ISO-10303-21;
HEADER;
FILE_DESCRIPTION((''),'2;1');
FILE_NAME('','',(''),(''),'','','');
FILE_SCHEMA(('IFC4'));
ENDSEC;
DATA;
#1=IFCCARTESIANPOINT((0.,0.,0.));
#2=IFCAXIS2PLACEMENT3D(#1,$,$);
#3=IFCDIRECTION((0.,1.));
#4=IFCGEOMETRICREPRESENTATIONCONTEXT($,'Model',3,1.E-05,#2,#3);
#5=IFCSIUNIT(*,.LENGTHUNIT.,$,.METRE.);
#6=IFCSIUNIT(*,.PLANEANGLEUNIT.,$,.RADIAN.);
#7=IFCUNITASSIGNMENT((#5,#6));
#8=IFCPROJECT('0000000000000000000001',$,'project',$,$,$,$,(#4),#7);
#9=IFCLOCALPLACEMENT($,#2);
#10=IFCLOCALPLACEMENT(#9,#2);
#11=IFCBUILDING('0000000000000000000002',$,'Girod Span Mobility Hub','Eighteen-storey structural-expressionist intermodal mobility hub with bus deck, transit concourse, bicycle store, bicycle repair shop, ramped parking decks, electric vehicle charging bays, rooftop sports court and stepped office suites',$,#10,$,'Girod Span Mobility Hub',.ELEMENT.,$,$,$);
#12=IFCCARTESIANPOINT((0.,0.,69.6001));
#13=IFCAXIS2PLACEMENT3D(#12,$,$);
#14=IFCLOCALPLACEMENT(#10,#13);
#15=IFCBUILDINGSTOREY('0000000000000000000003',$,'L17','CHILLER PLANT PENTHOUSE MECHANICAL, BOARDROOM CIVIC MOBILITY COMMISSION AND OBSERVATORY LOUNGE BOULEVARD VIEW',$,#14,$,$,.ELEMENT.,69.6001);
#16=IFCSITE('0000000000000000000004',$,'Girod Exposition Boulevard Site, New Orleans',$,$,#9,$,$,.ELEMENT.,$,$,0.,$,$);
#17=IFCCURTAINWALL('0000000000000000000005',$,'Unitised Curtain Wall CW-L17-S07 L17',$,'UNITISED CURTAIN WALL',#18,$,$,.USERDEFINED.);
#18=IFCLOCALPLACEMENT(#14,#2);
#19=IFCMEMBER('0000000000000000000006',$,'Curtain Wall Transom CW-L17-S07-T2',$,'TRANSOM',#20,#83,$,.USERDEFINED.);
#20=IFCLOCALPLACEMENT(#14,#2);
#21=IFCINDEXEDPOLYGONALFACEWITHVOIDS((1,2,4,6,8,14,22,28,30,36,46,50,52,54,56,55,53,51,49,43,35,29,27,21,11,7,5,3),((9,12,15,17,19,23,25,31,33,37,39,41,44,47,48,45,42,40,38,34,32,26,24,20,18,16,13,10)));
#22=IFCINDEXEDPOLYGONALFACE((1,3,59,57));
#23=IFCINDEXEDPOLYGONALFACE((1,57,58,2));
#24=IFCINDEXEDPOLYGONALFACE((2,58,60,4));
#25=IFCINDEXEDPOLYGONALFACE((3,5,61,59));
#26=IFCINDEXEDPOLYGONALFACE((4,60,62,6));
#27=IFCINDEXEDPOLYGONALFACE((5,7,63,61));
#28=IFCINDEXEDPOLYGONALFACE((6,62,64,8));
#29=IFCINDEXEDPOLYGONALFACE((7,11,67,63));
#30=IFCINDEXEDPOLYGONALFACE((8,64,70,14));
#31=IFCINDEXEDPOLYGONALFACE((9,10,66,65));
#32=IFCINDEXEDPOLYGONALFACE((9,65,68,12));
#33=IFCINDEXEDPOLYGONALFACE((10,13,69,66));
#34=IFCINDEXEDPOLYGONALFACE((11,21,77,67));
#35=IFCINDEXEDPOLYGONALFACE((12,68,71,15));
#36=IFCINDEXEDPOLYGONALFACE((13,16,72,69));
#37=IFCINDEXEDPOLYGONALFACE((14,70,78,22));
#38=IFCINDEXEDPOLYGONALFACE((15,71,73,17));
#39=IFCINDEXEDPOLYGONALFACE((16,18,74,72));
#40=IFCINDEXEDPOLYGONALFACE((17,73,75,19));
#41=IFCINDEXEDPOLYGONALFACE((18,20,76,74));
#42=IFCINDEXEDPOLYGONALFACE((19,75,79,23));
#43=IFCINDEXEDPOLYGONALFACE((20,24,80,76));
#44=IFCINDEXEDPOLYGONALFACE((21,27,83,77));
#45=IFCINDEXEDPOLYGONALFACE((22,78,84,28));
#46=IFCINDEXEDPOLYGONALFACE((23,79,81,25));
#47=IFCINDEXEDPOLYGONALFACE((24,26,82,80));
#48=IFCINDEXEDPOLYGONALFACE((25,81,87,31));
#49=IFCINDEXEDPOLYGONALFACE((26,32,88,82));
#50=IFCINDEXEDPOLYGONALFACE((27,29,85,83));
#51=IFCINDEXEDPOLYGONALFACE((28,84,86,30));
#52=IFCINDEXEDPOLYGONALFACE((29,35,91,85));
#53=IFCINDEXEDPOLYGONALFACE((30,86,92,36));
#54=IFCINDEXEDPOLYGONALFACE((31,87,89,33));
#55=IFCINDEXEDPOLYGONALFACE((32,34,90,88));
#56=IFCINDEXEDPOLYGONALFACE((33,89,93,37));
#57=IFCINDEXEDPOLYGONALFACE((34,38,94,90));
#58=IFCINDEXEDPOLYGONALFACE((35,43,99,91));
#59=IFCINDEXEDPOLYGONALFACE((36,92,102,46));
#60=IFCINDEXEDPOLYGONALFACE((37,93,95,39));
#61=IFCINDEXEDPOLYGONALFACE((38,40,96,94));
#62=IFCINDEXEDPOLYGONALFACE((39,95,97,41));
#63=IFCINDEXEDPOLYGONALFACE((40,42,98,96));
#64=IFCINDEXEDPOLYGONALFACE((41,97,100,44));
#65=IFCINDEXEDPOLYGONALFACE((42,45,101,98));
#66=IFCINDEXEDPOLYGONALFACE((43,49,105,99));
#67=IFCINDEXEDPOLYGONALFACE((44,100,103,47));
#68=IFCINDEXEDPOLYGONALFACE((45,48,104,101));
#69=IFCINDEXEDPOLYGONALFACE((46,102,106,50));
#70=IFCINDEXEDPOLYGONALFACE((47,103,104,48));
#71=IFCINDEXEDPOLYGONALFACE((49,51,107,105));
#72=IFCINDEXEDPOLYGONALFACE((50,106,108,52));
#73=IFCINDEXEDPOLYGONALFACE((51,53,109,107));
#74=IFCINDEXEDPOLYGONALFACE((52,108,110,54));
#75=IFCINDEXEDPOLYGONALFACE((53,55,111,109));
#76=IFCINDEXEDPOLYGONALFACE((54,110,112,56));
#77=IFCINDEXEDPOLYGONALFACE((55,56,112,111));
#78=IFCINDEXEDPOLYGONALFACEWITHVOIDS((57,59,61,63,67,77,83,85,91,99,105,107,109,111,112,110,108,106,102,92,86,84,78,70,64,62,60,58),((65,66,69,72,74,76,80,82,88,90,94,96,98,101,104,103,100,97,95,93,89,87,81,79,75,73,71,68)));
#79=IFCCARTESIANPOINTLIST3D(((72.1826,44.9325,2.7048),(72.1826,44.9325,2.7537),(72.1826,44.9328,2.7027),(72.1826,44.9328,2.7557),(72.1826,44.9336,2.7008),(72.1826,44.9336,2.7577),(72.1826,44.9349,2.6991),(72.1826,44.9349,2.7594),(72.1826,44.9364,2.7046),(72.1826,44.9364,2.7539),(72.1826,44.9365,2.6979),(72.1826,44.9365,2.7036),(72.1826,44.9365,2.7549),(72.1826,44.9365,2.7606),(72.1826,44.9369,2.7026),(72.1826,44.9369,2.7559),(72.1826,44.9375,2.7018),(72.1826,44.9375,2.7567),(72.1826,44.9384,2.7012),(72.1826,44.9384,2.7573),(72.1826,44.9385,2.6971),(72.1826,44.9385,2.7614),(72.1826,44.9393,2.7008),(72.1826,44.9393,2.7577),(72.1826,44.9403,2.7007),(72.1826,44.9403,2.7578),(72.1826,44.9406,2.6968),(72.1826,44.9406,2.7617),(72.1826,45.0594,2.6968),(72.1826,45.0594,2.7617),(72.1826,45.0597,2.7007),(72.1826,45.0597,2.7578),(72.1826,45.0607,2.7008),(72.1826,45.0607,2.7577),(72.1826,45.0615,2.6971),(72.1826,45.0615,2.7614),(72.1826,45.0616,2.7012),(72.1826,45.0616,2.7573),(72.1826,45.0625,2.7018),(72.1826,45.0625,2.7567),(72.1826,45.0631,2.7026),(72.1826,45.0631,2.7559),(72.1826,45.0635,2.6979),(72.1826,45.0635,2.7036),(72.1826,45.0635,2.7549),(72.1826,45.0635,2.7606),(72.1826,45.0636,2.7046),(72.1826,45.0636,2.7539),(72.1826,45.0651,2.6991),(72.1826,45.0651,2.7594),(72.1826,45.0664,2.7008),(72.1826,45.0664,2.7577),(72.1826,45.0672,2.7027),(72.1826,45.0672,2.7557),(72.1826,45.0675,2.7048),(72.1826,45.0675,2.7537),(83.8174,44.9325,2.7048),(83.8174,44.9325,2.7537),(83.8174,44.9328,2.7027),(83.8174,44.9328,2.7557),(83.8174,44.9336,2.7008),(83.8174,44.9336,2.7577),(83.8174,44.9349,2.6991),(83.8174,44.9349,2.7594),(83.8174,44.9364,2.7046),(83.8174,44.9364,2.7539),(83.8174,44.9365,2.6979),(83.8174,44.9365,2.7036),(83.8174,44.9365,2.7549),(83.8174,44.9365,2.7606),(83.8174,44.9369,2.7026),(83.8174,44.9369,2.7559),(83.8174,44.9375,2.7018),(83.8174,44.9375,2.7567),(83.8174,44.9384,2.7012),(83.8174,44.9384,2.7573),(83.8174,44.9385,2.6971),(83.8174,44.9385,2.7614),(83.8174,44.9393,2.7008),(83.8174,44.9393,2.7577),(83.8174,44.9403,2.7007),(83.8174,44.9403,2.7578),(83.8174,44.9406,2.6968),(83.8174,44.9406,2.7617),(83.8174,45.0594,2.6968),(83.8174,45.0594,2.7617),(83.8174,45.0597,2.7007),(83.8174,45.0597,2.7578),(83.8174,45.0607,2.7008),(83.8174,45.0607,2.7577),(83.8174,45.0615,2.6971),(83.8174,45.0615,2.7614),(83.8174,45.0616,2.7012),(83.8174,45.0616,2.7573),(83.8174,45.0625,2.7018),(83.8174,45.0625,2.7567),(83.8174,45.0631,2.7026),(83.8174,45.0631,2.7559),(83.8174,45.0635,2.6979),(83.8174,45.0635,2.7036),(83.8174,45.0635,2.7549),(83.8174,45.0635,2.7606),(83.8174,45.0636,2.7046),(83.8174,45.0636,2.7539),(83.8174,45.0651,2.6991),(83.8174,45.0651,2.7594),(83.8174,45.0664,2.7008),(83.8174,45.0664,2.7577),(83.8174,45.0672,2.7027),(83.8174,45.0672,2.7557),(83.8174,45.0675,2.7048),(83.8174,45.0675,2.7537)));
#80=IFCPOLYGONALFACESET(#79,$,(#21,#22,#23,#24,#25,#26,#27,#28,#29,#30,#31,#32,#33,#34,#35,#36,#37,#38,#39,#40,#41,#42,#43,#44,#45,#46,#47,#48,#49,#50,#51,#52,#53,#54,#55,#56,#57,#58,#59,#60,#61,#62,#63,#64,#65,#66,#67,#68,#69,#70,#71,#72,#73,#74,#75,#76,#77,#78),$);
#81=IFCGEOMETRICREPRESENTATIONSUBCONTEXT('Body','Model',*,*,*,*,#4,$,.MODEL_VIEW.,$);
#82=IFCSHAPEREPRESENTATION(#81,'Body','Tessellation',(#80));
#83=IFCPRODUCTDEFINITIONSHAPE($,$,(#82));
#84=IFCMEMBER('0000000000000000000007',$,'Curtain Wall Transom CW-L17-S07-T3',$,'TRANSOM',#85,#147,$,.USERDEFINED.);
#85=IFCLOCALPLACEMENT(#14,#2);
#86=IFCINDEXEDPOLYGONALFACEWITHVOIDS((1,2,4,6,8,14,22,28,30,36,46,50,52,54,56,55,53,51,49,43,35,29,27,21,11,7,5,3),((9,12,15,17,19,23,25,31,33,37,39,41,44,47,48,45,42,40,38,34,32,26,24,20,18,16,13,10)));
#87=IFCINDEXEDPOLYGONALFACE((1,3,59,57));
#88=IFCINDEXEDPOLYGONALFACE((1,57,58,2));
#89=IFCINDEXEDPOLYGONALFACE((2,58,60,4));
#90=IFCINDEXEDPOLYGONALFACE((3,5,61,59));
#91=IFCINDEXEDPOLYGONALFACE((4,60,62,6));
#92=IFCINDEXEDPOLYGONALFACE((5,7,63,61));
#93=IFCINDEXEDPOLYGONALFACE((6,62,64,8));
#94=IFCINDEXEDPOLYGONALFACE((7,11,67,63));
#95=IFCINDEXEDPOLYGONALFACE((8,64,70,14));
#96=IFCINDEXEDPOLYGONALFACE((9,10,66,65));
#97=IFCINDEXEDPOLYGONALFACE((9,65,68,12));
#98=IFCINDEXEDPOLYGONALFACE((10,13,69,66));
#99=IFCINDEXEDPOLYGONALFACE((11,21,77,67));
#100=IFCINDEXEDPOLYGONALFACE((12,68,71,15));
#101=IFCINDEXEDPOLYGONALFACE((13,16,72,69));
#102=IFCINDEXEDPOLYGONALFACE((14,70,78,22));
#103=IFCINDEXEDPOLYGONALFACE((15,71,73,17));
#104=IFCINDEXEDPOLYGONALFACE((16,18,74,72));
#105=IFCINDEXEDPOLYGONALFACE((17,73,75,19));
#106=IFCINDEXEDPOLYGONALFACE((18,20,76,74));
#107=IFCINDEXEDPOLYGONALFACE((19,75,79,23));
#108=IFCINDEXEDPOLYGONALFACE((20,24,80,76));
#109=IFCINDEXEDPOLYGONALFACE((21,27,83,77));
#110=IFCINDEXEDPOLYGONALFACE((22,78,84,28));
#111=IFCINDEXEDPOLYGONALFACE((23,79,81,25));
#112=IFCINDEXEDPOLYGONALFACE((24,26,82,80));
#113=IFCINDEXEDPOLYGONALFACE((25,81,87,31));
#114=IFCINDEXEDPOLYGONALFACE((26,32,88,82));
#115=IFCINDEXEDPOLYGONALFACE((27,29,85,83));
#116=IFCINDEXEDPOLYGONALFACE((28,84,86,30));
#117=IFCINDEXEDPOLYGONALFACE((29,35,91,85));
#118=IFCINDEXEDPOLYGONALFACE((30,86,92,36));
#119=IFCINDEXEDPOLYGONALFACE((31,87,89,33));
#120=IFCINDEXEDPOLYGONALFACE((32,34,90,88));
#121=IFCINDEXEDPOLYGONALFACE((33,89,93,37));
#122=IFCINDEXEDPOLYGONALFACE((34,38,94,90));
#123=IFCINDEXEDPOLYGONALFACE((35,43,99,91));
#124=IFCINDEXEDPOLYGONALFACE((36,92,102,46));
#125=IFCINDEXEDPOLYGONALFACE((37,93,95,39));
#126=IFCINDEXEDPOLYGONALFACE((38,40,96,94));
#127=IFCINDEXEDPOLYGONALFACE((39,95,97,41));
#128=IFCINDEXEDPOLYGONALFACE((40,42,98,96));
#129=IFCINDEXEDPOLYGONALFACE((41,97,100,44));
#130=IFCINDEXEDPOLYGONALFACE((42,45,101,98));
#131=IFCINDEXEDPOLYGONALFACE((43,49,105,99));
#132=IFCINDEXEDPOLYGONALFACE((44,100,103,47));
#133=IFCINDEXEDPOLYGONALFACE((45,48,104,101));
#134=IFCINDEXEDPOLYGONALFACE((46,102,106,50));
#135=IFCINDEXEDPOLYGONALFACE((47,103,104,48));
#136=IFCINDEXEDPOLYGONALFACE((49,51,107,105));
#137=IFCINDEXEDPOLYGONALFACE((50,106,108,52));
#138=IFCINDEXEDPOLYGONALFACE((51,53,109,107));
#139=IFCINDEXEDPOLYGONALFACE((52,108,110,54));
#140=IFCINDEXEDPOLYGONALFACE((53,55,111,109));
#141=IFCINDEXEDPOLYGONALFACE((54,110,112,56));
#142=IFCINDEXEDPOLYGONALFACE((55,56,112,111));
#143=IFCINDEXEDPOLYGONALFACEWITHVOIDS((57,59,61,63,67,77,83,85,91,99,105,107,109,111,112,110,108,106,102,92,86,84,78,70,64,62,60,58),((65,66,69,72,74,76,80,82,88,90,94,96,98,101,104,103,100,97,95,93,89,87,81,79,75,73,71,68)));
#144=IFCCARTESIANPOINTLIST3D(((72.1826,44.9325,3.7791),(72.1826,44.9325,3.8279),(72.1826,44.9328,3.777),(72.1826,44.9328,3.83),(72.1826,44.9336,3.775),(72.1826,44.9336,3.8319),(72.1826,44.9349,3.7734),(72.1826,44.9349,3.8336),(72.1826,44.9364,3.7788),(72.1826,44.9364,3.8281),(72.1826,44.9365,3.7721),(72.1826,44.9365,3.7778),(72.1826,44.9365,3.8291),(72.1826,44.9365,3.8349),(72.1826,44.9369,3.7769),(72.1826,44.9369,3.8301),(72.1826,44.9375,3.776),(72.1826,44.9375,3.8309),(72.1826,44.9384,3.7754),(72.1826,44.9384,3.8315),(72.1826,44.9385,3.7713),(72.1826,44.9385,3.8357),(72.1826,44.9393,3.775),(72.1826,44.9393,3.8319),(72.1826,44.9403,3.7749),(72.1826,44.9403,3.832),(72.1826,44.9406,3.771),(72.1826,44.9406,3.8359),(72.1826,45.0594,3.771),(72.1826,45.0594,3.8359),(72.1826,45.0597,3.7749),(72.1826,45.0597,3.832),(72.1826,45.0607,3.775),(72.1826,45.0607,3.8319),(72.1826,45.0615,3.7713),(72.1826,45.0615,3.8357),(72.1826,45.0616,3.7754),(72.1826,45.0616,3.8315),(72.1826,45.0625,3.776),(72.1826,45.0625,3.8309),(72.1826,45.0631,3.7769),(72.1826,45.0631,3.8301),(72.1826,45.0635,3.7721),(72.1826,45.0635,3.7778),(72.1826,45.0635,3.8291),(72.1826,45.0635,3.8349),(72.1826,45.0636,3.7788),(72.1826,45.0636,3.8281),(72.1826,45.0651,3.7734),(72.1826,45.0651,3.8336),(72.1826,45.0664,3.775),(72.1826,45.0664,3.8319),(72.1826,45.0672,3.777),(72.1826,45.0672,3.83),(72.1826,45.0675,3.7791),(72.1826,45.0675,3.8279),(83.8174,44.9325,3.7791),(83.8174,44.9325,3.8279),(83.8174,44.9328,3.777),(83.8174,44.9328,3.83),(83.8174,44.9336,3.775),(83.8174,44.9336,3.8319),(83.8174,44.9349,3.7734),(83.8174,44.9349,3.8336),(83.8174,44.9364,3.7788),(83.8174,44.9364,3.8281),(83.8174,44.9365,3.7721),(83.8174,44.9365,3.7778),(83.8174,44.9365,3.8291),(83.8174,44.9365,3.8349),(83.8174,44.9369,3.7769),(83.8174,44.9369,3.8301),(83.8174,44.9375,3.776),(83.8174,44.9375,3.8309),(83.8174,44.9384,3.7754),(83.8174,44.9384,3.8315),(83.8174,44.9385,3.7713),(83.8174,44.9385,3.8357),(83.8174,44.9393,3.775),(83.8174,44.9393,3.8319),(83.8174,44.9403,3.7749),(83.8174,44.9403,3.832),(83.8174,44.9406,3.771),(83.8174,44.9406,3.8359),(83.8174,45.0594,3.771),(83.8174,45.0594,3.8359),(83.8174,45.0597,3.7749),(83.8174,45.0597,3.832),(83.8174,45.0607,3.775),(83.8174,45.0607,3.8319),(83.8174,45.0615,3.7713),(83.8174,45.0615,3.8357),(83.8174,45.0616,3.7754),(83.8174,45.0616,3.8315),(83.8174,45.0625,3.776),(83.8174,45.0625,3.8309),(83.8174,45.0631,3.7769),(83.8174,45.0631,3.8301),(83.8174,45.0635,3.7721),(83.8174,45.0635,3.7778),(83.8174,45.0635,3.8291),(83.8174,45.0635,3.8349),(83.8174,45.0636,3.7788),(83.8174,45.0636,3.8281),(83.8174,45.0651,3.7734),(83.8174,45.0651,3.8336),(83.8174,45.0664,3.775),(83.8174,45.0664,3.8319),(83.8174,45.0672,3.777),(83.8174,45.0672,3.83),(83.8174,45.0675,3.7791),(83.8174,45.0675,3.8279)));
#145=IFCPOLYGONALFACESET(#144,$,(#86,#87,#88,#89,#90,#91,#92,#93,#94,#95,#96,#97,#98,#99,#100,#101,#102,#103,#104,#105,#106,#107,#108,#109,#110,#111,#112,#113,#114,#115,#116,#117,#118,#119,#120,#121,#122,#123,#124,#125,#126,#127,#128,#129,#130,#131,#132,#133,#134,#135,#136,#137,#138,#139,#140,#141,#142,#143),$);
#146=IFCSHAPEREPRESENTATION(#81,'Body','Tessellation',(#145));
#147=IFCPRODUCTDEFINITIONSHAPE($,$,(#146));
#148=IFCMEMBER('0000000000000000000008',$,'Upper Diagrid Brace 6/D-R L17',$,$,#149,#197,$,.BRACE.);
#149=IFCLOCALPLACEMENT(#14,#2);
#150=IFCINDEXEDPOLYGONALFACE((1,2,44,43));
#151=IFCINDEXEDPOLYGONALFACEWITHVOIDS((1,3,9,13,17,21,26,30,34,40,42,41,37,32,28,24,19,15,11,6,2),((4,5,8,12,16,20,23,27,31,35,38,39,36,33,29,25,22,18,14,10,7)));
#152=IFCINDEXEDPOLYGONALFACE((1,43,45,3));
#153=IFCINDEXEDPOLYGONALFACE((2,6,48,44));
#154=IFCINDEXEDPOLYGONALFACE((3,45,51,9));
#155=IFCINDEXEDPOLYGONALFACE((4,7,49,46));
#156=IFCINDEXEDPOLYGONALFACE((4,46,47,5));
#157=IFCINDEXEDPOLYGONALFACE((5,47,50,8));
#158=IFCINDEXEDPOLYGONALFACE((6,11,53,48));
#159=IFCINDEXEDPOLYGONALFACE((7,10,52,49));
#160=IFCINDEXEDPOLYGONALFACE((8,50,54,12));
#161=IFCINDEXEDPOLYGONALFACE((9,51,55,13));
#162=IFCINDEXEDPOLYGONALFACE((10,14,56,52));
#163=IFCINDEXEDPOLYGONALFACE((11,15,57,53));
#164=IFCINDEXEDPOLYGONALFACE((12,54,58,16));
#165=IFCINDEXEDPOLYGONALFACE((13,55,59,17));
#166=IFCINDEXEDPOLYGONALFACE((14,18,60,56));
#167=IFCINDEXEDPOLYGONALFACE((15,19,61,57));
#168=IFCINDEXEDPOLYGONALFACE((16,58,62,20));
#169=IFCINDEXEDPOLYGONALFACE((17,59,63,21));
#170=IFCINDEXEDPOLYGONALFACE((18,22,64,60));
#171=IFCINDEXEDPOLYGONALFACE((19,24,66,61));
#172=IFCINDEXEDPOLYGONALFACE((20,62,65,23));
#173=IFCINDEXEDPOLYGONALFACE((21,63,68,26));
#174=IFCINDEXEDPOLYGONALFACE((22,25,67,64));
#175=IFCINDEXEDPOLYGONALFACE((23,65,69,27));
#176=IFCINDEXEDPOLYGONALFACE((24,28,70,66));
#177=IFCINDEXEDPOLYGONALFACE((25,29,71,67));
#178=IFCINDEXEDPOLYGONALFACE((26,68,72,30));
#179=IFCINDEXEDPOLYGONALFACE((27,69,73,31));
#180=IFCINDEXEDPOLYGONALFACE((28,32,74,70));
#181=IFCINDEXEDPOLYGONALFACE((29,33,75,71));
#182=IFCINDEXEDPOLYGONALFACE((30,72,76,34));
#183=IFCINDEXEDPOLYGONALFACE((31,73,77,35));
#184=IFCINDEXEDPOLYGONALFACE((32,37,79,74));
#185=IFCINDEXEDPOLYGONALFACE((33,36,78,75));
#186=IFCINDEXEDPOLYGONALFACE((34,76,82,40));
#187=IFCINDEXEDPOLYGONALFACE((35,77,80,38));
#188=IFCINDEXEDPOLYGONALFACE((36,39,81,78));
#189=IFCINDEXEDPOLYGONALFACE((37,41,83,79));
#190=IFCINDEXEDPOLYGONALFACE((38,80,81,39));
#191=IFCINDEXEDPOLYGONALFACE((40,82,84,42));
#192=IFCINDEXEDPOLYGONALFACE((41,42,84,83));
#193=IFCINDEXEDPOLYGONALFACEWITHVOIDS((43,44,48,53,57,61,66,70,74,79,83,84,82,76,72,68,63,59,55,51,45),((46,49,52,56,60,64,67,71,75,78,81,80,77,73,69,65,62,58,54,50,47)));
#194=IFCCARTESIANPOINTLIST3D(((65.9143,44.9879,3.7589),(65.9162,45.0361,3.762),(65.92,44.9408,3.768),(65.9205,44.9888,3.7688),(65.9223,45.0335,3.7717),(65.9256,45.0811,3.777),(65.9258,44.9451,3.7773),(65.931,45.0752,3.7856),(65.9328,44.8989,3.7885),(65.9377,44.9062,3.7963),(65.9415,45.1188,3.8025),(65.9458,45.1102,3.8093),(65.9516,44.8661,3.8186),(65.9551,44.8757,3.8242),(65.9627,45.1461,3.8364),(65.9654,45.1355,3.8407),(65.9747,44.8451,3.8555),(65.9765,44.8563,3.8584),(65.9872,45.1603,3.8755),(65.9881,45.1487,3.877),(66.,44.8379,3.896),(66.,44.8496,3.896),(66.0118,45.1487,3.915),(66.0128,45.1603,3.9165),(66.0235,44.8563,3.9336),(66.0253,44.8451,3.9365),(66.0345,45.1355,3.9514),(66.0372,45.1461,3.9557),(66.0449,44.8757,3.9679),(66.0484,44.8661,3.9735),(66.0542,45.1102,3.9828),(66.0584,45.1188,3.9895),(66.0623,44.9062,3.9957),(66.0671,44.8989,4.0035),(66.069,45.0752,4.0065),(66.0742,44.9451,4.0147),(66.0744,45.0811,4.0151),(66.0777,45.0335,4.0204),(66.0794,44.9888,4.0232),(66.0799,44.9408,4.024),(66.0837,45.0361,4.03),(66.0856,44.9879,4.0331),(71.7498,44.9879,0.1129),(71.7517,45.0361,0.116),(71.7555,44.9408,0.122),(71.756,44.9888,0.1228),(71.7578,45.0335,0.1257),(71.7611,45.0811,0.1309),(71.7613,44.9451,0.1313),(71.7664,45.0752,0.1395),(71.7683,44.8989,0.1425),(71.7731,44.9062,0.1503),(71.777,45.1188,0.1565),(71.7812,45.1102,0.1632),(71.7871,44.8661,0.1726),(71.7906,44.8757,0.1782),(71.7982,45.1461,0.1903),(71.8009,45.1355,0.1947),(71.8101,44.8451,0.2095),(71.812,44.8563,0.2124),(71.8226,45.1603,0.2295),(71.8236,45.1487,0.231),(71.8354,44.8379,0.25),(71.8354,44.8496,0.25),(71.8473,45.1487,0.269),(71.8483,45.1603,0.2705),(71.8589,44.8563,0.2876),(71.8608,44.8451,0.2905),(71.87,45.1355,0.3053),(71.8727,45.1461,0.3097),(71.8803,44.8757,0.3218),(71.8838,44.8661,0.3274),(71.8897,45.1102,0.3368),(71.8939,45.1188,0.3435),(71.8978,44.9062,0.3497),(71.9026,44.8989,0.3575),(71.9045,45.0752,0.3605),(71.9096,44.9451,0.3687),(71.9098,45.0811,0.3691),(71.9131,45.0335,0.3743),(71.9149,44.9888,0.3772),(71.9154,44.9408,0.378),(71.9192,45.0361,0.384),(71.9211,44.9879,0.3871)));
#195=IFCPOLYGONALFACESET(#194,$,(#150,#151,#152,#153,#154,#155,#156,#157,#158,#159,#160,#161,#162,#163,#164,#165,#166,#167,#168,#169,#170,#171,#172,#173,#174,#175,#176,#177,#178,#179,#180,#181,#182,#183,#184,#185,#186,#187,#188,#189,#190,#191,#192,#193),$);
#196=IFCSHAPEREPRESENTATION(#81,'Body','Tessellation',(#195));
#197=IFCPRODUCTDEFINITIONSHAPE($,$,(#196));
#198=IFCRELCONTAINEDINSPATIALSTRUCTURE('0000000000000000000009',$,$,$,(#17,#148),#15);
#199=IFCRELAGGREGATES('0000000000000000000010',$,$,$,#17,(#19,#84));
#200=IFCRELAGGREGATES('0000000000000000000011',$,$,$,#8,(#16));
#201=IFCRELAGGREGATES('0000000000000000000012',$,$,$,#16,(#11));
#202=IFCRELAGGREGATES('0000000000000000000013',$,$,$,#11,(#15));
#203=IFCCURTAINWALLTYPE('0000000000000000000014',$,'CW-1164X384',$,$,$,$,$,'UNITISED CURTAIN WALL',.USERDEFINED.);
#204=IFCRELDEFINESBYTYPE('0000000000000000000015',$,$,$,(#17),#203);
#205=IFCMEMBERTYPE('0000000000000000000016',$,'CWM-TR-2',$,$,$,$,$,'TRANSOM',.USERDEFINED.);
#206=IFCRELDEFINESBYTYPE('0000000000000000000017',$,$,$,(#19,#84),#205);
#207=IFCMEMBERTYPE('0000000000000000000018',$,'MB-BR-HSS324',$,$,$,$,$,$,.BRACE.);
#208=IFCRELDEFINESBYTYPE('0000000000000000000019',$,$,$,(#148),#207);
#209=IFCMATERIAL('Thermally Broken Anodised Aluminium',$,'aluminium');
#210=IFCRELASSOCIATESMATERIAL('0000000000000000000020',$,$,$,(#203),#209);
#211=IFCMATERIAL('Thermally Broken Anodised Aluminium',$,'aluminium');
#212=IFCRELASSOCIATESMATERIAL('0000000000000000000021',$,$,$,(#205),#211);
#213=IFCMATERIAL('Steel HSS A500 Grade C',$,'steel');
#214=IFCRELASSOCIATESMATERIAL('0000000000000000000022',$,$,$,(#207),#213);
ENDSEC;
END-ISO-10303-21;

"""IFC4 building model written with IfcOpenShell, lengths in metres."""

from ifc_helpers import new_model, si_unit, direction, frame, origin, origin_2d, place, context, subcontext, project, spatial, hollow_rectangle, hollow_circle, extrude, material, material_profile, profile_set, type_object, element, aggregate, save


model = new_model("IFC4")

# Units and contexts
model_context = context("Model", 3, precision=1e-05, world=origin(), true_north=direction((0.0, 1.0)))
body_context = subcontext(model_context, "Body", "Model", "MODEL_VIEW")
ifc_project = project(units=[si_unit("LENGTHUNIT", "METRE"), si_unit("PLANEANGLEUNIT", "RADIAN")], contexts=[model_context])

# Site, building, storey
site_placement = place(None, origin())
site = spatial("IfcSite", under=ifc_project, at=site_placement, Name="Girod Exposition Boulevard Site, New Orleans", CompositionType="ELEMENT", RefElevation=0.0)
building_placement = place(site_placement, origin())
building = spatial("IfcBuilding", under=site, at=building_placement, Name="Girod Span Mobility Hub", Description="Eighteen-storey structural-expressionist intermodal mobility hub with bus deck, transit concourse, bicycle store, bicycle repair shop, ramped parking decks, electric vehicle charging bays, rooftop sports court and stepped office suites", LongName="Girod Span Mobility Hub", CompositionType="ELEMENT")
storey_placement = place(building_placement, frame((0.0, 0.0, 69.6001)))
storey = spatial("IfcBuildingStorey", under=building, at=storey_placement, Name="L17", Description="CHILLER PLANT PENTHOUSE MECHANICAL, BOARDROOM CIVIC MOBILITY COMMISSION AND OBSERVATORY LOUNGE BOULEVARD VIEW", CompositionType="ELEMENT", Elevation=69.6001)

# Curtain wall, members
ifc_material_1 = material(Name="Thermally Broken Anodised Aluminium", Category="aluminium")
curtain_wall_type = type_object("IfcCurtainWallType", Name="CW-1164X384", ElementType="UNITISED CURTAIN WALL", PredefinedType="USERDEFINED", material=ifc_material_1)
curtain_wall_1_placement = place(storey_placement, origin())
curtain_wall_1 = element("IfcCurtainWall", 1, at=curtain_wall_1_placement, inside=storey, type_object=curtain_wall_type, Name="Unitised Curtain Wall CW-L17-S07 L17", ObjectType="UNITISED CURTAIN WALL", PredefinedType="USERDEFINED")
ifc_material_2 = material(Name="Thermally Broken Anodised Aluminium", Category="aluminium")
ifc_material_profile_1 = material_profile(ifc_material_2, hollow_rectangle(XDim=0.135, YDim=0.0649, WallThickness=0.0039, InnerFilletRadius=0.0039, OuterFilletRadius=0.0081, at=origin_2d()), Name="CW-TR-65X135")
ifc_profile_set_1 = profile_set([ifc_material_profile_1], Name="Thermally Broken Anodised Aluminium")
member_type_1 = type_object("IfcMemberType", Name="CWM-TR-2", ElementType="TRANSOM", PredefinedType="USERDEFINED", material=ifc_profile_set_1)
member_1_placement = place(storey_placement, frame((72.1826, 45.0, 2.7292), z_axis=(1.0, 0.0, 0.0), x_axis=(0.0, 1.0, 0.0)))
member_1 = element("IfcMember", 2, at=member_1_placement, type_object=member_type_1, Name="Curtain Wall Transom CW-L17-S07-T2", ObjectType="TRANSOM", PredefinedType="USERDEFINED", context=body_context, shape_type="SweptSolid", body=[
    extrude(hollow_rectangle(XDim=0.135, YDim=0.0649, WallThickness=0.0039, InnerFilletRadius=0.0039, OuterFilletRadius=0.0081, at=origin_2d()), origin(), (0.0, 0.0, 1.0), 11.6348),
])
member_2_placement = place(storey_placement, frame((72.1826, 45.0, 3.8035), z_axis=(1.0, 0.0, 0.0), x_axis=(0.0, 1.0, 0.0)))
member_2 = element("IfcMember", 3, at=member_2_placement, type_object=member_type_1, Name="Curtain Wall Transom CW-L17-S07-T3", ObjectType="TRANSOM", PredefinedType="USERDEFINED", context=body_context, shape_type="SweptSolid", body=[
    extrude(hollow_rectangle(XDim=0.135, YDim=0.0649, WallThickness=0.0039, InnerFilletRadius=0.0039, OuterFilletRadius=0.0081, at=origin_2d()), origin(), (0.0, 0.0, 1.0), 11.6348),
])

# Member
ifc_material_3 = material(Name="Steel HSS A500 Grade C", Category="steel")
ifc_material_profile_2 = material_profile(ifc_material_3, hollow_circle(Radius=0.1621, WallThickness=0.0117, at=origin_2d()), Name="HSS324X12.7")
ifc_profile_set_2 = profile_set([ifc_material_profile_2], Name="Steel HSS A500 Grade C")
member_type_2 = type_object("IfcMemberType", Name="MB-BR-HSS324", PredefinedType="BRACE", material=ifc_profile_set_2)
member_3_placement = place(storey_placement, frame((71.8354, 45.0, 0.25), z_axis=(-0.848074, 0.0, 0.529878), x_axis=(0.0, -1.0, 0.0)))
element("IfcMember", 4, at=member_3_placement, inside=storey, type_object=member_type_2, Name="Upper Diagrid Brace 6/D-R L17", PredefinedType="BRACE", context=body_context, shape_type="SweptSolid", body=[
    extrude(hollow_circle(Radius=0.1621, WallThickness=0.0117, at=origin_2d()), origin(), (0.0, 0.0, 1.0), 6.8809),
])

aggregate(curtain_wall_1, [member_1, member_2])

save(model, "model.ifc")
